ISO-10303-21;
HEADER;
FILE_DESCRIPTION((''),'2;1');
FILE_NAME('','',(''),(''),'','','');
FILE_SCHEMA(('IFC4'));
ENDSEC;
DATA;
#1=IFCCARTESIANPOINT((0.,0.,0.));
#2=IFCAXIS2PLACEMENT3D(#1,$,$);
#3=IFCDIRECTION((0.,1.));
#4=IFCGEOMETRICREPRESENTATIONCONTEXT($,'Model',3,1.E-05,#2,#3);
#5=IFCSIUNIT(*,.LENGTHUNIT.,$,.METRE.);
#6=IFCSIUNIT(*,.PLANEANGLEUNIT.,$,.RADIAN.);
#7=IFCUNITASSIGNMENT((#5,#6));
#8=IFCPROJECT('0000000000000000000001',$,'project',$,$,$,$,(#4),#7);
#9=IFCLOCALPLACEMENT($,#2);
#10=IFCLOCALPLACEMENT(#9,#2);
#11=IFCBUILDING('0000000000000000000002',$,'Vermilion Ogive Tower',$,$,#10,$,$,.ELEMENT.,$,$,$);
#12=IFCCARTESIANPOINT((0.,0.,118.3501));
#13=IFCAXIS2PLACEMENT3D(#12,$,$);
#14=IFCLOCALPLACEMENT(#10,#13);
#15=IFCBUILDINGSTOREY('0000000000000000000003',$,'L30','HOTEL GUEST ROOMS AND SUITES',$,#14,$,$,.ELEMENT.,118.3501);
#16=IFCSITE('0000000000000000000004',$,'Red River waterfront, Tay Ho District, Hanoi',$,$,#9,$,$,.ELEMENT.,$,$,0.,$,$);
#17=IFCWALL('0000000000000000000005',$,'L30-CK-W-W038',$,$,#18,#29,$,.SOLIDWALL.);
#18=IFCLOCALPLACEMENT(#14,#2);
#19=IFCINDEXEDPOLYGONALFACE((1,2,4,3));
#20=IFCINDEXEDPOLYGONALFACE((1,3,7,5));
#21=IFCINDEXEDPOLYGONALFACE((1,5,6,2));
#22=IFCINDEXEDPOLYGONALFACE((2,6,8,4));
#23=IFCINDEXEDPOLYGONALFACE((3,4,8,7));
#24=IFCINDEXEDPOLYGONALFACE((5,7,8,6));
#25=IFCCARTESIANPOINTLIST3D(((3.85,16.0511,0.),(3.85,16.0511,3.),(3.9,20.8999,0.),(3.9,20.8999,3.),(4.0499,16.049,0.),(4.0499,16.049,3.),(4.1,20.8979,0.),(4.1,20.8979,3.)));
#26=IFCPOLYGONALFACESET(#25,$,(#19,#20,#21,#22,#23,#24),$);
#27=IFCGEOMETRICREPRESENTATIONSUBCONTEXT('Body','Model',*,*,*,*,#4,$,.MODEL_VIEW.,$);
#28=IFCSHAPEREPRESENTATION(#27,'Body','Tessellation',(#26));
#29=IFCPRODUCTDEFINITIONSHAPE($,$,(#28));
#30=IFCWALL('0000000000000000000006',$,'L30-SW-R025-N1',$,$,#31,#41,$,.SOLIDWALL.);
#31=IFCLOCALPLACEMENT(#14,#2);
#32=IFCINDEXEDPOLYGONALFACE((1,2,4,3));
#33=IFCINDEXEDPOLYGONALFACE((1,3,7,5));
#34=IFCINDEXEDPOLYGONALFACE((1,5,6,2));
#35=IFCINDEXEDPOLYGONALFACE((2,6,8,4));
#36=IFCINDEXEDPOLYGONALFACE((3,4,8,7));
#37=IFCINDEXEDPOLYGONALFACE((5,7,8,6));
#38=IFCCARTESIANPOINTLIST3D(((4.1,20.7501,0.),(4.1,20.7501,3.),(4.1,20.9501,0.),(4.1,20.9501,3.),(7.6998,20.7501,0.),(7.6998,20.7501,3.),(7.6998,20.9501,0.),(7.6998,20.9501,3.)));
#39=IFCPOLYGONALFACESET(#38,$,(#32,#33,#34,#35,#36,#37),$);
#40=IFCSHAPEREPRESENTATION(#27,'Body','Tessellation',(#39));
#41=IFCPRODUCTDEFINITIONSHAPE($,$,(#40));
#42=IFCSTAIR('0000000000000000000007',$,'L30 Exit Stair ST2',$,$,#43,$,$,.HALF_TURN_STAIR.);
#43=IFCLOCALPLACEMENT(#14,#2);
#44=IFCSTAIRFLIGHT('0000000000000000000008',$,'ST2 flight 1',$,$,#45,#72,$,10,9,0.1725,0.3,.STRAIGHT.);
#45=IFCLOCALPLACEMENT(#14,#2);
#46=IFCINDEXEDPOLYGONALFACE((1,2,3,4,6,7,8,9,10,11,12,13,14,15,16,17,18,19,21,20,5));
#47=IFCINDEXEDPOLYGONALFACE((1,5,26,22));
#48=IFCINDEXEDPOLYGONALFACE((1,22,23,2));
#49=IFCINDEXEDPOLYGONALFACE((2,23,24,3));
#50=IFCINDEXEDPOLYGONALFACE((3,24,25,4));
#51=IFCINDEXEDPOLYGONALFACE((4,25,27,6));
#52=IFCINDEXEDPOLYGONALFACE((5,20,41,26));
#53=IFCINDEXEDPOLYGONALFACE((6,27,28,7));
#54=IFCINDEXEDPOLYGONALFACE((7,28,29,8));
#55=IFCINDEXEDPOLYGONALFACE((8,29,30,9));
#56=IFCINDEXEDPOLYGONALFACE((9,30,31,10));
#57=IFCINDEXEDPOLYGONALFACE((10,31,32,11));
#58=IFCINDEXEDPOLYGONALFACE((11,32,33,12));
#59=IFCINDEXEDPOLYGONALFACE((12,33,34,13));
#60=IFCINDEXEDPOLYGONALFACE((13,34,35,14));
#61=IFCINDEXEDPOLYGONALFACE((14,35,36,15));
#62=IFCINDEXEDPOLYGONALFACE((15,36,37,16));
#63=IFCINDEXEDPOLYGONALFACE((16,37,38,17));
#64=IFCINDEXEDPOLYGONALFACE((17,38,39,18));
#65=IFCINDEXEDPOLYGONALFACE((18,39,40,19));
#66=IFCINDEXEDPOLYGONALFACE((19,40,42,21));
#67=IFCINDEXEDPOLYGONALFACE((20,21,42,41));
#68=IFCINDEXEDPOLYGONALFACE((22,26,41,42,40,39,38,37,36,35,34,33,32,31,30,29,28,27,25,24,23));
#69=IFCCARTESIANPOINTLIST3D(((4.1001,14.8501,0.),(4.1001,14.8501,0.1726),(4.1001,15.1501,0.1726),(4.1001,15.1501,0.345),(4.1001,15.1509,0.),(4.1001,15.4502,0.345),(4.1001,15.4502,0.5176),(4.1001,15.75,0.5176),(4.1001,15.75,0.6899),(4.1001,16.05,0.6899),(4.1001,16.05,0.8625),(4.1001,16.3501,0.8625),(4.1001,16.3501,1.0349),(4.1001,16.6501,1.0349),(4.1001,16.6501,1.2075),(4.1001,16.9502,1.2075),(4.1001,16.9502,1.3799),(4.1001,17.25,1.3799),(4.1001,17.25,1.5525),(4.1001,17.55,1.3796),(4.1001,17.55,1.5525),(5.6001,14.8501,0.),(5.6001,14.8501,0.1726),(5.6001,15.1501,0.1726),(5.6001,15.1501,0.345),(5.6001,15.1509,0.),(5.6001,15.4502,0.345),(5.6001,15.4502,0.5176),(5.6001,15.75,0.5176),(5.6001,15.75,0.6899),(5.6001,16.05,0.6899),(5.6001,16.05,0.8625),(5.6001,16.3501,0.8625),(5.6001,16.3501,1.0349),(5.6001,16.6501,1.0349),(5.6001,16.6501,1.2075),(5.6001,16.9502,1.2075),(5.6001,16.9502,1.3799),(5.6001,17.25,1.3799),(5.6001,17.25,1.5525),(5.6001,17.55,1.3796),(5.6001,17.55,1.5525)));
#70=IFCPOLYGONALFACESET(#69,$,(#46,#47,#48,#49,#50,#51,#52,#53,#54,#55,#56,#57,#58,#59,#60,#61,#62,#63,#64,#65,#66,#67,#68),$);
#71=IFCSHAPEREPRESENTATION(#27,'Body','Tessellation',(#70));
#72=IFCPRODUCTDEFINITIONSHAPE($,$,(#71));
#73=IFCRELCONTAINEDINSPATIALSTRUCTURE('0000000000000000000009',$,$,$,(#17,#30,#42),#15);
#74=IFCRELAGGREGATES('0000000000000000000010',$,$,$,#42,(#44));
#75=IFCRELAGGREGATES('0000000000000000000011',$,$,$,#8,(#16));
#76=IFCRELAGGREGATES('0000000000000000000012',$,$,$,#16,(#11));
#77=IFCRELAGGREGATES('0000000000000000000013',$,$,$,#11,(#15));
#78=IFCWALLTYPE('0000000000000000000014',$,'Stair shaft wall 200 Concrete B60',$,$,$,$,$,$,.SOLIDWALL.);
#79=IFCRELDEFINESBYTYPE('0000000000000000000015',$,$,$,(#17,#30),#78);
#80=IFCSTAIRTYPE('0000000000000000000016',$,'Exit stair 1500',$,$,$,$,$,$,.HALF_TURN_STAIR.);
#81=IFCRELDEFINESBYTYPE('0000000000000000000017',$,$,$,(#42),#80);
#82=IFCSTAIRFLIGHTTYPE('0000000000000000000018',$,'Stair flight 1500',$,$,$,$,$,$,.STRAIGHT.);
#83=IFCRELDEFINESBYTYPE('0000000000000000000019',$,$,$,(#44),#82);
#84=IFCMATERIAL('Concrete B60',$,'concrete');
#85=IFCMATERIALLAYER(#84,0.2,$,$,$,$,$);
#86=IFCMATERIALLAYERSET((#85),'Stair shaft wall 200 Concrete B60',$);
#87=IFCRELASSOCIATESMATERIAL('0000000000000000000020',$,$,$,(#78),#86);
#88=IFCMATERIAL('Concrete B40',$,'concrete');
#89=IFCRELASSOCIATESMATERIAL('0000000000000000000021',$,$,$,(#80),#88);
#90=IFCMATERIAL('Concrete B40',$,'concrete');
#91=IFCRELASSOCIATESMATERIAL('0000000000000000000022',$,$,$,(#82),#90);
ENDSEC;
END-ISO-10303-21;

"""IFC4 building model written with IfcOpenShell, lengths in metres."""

from ifc_helpers import new_model, si_unit, direction, frame, frame_2d, origin, place, context, subcontext, project, spatial, polyline, rectangle, outline, extrude, material, layer, layer_set, type_object, element, aggregate, save


model = new_model("IFC4")

# Units and contexts
model_context = context("Model", 3, precision=1e-05, world=origin(), true_north=direction((0.0, 1.0)))
body_context = subcontext(model_context, "Body", "Model", "MODEL_VIEW")
ifc_project = project(units=[si_unit("LENGTHUNIT", "METRE"), si_unit("PLANEANGLEUNIT", "RADIAN")], contexts=[model_context])

# Site, building, storey
site_placement = place(None, origin())
site = spatial("IfcSite", under=ifc_project, at=site_placement, Name="Red River waterfront, Tay Ho District, Hanoi", CompositionType="ELEMENT", RefElevation=0.0)
building_placement = place(site_placement, origin())
building = spatial("IfcBuilding", under=site, at=building_placement, Name="Vermilion Ogive Tower", CompositionType="ELEMENT")
storey_placement = place(building_placement, frame((0.0, 0.0, 118.3501)))
storey = spatial("IfcBuildingStorey", under=building, at=storey_placement, Name="L30", Description="HOTEL GUEST ROOMS AND SUITES", CompositionType="ELEMENT", Elevation=118.3501)

# Shared definitions
ifc_material_1 = material(Name="Concrete B60", Category="concrete")
ifc_layer_1 = layer(ifc_material_1, 0.2)
ifc_layer_set_1 = layer_set([ifc_layer_1], Name="Stair shaft wall 200 Concrete B60")
wall_type_1 = type_object("IfcWallType", Name="Stair shaft wall 200 Concrete B60", PredefinedType="SOLIDWALL", material=ifc_layer_set_1)

# Walls
wall_1_placement = place(storey_placement, frame((3.95, 16.05, 0.0), z_axis=(0.0, 0.0, 1.0), x_axis=(0.010321, 0.999947, 0.0)))
element("IfcWall", 1, at=wall_1_placement, inside=storey, type_object=wall_type_1, Name="L30-CK-W-W038", PredefinedType="SOLIDWALL", context=body_context, shape_type="SweptSolid", body=[
    extrude(rectangle(XDim=4.8491, YDim=0.2, at=frame_2d((2.4246, 0.0))), origin(), (0.0, 0.0, 1.0), 3.0),
])
wall_2_placement = place(storey_placement, frame((4.1001, 20.8501, 0.0), z_axis=(0.0, 0.0, 1.0), x_axis=(1.0, 0.0, 0.0)))
element("IfcWall", 2, at=wall_2_placement, inside=storey, type_object=wall_type_1, Name="L30-SW-R025-N1", PredefinedType="SOLIDWALL", context=body_context, shape_type="SweptSolid", body=[
    extrude(rectangle(XDim=3.5999, YDim=0.2, at=frame_2d((1.7998, 0.0))), origin(), (0.0, 0.0, 1.0), 3.0),
])

# Stair, stair flight
ifc_material_2 = material(Name="Concrete B40", Category="concrete")
stair_type = type_object("IfcStairType", Name="Exit stair 1500", PredefinedType="HALF_TURN_STAIR", material=ifc_material_2)
stair_placement = place(storey_placement, origin())
stair = element("IfcStair", 3, at=stair_placement, inside=storey, type_object=stair_type, Name="L30 Exit Stair ST2", PredefinedType="HALF_TURN_STAIR")
ifc_material_3 = material(Name="Concrete B40", Category="concrete")
stair_flight_type = type_object("IfcStairFlightType", Name="Stair flight 1500", PredefinedType="STRAIGHT", material=ifc_material_3)
stair_flight_placement = place(storey_placement, frame((4.8501, 14.8501, 0.0), z_axis=(0.0, 0.0, 1.0), x_axis=(0.0, 1.0, 0.0)))
stair_flight = element("IfcStairFlight", 4, at=stair_flight_placement, type_object=stair_flight_type, Name="ST2 flight 1", NumberOfRisers=10, NumberOfTreads=9, PredefinedType="STRAIGHT", RiserHeight=0.1725, TreadLength=0.3, context=body_context, shape_type="SweptSolid", body=[
    extrude(outline(polyline([(0.0, 0.0), (0.0, 0.1726), (0.3, 0.1726), (0.3, 0.345), (0.6001, 0.345), (0.6001, 0.5176), (0.8999, 0.5176), (0.8999, 0.6899), (1.2, 0.6899), (1.2, 0.8625), (1.5, 0.8625), (1.5, 1.0349), (1.8, 1.0349), (1.8, 1.2075), (2.1001, 1.2075), (2.1001, 1.3799), (2.3999, 1.3799), (2.3999, 1.5525), (2.7, 1.5525), (2.7, 1.7251), (2.7, 1.3796), (0.3008, 0.0), (0.0, 0.0)])), frame((0.0, 0.75, 0.0), z_axis=(0.0, -1.0, 0.0), x_axis=(1.0, 0.0, 0.0)), (0.0, 0.0, 1.0), 1.5),
])
aggregate(stair, [stair_flight])

save(model, "model.ifc")
